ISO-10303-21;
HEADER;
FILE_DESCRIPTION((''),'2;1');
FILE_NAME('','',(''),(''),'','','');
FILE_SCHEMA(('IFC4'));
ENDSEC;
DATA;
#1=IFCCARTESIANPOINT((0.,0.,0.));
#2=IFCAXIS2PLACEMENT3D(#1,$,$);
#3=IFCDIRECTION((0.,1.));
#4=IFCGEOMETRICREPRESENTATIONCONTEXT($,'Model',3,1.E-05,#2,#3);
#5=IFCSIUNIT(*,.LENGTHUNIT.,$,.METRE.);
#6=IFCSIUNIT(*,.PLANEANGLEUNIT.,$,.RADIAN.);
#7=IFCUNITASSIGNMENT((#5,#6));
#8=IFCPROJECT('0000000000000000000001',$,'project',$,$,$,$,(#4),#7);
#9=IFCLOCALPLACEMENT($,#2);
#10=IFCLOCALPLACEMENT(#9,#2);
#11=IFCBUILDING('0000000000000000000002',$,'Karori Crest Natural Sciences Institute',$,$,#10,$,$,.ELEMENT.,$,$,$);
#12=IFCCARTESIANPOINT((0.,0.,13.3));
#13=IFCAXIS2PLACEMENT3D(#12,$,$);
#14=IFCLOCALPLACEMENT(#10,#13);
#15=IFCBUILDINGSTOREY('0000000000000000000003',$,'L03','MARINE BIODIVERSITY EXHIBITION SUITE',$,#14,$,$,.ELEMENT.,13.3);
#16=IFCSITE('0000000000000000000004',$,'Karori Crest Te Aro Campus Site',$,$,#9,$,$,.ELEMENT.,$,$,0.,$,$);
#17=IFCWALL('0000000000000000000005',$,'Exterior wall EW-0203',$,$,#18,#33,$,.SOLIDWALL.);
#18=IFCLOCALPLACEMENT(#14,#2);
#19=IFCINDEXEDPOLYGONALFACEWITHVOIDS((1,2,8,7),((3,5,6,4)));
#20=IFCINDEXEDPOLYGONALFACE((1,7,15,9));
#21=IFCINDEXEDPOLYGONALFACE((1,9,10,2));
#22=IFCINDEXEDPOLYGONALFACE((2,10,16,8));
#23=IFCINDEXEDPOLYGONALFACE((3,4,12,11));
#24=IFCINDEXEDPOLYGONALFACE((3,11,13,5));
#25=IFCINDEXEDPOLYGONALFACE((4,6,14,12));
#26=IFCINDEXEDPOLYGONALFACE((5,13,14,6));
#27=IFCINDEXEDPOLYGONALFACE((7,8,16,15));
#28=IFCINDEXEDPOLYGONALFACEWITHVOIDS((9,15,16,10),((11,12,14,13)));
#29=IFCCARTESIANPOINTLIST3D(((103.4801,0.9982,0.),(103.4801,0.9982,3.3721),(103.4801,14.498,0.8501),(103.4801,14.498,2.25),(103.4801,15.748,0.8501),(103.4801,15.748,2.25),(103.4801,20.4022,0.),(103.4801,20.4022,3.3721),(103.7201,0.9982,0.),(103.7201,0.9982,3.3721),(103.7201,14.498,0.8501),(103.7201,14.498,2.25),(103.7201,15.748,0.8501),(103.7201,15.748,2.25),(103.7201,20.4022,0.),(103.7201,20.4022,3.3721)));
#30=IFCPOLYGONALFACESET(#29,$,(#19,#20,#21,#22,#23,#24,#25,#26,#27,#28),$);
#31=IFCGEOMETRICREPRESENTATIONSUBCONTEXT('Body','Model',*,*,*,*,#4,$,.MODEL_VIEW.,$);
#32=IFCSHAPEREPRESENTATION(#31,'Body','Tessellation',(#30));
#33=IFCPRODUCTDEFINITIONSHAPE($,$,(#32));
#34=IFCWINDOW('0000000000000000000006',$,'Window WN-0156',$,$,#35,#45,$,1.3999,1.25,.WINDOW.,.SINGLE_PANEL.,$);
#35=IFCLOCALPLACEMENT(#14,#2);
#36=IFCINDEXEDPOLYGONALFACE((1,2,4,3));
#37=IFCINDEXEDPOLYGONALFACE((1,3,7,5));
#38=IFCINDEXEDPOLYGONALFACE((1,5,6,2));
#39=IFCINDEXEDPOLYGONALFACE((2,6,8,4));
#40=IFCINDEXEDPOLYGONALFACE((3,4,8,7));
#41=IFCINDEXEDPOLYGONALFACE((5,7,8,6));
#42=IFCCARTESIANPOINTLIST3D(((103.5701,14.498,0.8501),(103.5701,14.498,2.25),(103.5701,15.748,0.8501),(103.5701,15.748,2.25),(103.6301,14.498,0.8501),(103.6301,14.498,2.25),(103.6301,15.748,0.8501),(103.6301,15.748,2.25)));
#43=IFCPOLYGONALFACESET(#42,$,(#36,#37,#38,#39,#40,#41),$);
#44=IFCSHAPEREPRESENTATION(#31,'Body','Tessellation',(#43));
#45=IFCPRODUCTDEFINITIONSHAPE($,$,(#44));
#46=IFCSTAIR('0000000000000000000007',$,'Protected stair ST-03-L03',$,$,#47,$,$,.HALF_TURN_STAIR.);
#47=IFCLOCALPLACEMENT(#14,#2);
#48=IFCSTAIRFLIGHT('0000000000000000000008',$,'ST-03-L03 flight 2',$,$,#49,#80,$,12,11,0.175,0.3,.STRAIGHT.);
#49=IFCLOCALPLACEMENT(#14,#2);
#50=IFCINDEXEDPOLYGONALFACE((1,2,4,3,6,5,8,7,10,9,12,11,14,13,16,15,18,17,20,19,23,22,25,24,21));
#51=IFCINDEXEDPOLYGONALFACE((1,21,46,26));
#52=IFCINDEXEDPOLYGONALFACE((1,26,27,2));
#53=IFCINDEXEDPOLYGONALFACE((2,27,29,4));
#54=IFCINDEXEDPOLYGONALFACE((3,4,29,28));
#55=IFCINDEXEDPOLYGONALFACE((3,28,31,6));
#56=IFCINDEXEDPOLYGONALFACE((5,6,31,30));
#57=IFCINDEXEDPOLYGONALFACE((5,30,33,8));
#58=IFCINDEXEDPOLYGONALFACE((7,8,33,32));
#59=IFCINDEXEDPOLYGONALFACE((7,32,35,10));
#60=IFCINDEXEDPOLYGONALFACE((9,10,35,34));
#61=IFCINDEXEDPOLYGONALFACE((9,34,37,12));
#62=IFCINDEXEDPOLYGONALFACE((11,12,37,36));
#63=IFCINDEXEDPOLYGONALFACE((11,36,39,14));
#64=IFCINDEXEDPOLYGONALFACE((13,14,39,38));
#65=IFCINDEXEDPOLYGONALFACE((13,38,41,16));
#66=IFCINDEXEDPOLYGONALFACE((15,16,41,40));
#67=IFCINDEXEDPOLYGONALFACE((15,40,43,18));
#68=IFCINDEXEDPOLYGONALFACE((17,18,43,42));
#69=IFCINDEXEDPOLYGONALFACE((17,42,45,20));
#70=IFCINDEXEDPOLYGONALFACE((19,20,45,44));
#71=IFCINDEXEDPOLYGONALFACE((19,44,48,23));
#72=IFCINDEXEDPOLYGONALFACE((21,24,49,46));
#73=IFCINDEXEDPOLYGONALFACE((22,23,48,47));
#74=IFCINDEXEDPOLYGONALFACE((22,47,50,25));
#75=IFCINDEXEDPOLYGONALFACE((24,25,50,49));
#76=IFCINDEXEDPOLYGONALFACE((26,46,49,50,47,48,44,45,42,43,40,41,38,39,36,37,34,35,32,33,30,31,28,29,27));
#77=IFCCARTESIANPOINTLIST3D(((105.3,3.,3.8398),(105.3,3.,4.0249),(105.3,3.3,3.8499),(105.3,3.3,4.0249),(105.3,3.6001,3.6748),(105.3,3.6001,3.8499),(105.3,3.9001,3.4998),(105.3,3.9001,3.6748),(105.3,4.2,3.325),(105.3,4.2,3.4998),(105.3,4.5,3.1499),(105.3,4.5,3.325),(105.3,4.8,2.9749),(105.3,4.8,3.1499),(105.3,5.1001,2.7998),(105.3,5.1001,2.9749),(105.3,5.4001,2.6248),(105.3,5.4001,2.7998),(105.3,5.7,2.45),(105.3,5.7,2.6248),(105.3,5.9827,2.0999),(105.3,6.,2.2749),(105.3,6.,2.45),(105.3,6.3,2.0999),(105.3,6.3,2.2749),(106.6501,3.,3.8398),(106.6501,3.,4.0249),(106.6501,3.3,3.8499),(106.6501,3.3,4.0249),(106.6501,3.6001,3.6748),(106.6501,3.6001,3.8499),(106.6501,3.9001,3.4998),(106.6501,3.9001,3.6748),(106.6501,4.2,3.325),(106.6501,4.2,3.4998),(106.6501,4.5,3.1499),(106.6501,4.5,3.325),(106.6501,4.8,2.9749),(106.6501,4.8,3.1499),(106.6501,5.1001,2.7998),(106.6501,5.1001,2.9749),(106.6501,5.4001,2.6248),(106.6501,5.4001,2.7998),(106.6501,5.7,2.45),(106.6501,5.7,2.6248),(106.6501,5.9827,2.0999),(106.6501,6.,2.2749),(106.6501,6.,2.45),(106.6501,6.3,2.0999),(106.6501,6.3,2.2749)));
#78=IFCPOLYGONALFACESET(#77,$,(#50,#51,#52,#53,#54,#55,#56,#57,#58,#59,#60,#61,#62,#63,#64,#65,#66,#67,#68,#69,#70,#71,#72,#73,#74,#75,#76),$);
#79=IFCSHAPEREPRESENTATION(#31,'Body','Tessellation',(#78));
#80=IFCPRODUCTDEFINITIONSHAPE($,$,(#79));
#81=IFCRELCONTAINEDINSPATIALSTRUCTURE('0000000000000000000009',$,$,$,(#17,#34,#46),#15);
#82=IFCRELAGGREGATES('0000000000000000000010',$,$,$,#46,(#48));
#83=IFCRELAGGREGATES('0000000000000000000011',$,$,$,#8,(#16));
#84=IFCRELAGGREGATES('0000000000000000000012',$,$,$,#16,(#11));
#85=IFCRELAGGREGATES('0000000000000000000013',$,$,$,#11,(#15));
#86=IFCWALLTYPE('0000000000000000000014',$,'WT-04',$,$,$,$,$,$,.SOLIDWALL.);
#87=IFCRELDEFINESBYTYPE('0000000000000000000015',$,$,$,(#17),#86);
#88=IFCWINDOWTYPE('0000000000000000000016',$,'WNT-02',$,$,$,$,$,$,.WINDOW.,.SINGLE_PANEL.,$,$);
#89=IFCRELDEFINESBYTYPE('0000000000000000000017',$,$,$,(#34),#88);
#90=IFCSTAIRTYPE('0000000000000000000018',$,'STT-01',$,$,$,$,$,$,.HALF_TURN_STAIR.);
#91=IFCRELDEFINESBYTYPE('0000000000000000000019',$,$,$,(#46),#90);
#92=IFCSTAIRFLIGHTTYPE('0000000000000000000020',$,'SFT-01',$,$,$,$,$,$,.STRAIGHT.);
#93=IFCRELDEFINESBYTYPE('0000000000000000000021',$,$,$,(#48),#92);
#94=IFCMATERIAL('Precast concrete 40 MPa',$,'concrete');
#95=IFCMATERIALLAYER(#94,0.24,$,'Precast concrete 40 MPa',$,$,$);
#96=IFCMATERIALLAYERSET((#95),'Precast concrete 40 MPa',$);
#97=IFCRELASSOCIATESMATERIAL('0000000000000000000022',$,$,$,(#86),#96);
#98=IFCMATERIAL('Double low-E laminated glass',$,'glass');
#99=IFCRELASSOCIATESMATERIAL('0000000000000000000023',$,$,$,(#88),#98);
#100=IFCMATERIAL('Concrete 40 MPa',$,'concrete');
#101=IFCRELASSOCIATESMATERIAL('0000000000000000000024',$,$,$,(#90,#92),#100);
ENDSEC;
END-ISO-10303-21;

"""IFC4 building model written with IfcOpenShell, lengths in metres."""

from ifc_helpers import new_model, si_unit, direction, frame, frame_2d, origin, place, context, subcontext, project, spatial, polyline, rectangle, outline, extrude, material, layer, layer_set, type_object, element, fill, aggregate, save


model = new_model("IFC4")

# Units and contexts
model_context = context("Model", 3, precision=1e-05, world=origin(), true_north=direction((0.0, 1.0)))
body_context = subcontext(model_context, "Body", "Model", "MODEL_VIEW")
ifc_project = project(units=[si_unit("LENGTHUNIT", "METRE"), si_unit("PLANEANGLEUNIT", "RADIAN")], contexts=[model_context])

# Site, building, storey
site_placement = place(None, origin())
site = spatial("IfcSite", under=ifc_project, at=site_placement, Name="Karori Crest Te Aro Campus Site", CompositionType="ELEMENT", RefElevation=0.0)
building_placement = place(site_placement, origin())
building = spatial("IfcBuilding", under=site, at=building_placement, Name="Karori Crest Natural Sciences Institute", CompositionType="ELEMENT")
storey_placement = place(building_placement, frame((0.0, 0.0, 13.3)))
storey = spatial("IfcBuildingStorey", under=building, at=storey_placement, Name="L03", Description="MARINE BIODIVERSITY EXHIBITION SUITE", CompositionType="ELEMENT", Elevation=13.3)

# Wall, opening, window
ifc_material_1 = material(Name="Precast concrete 40 MPa", Category="concrete")
ifc_layer_1 = layer(ifc_material_1, 0.24, Name="Precast concrete 40 MPa")
ifc_layer_set_1 = layer_set([ifc_layer_1], Name="Precast concrete 40 MPa")
wall_type_1 = type_object("IfcWallType", Name="WT-04", PredefinedType="SOLIDWALL", material=ifc_layer_set_1)
wall_1_placement = place(storey_placement, frame((103.6001, 0.998, 0.0), z_axis=(0.0, 0.0, 1.0), x_axis=(0.0, 1.0, 0.0)))
wall_1 = element("IfcWall", 1, at=wall_1_placement, inside=storey, type_object=wall_type_1, Name="Exterior wall EW-0203", PredefinedType="SOLIDWALL", context=body_context, shape_type="SweptSolid", body=[
    extrude(rectangle(XDim=19.4041, YDim=0.24, at=frame_2d((9.7021, 0.0))), origin(), (0.0, 0.0, 1.0), 3.3721),
])
opening_1_placement = place(wall_1_placement, frame((13.5, 0.0, 0.8501)))
opening_1 = element("IfcOpeningElement", 2, at=opening_1_placement, cuts=wall_1, PredefinedType="OPENING", context=body_context, shape_type="SweptSolid", body=[
    extrude(rectangle(XDim=1.25, YDim=1.3999, at=frame_2d((0.625, 0.7))), frame((0.0, 0.1299, 0.0), z_axis=(0.0, -1.0, 0.0), x_axis=(1.0, 0.0, 0.0)), (0.0, 0.0, 1.0), 0.26),
])
ifc_material_2 = material(Name="Double low-E laminated glass", Category="glass")
window_type = type_object("IfcWindowType", Name="WNT-02", PartitioningType="SINGLE_PANEL", PredefinedType="WINDOW", material=ifc_material_2)
window_placement = place(opening_1_placement, origin())
window = element("IfcWindow", 3, at=window_placement, inside=storey, type_object=window_type, Name="Window WN-0156", OverallHeight=1.3999, OverallWidth=1.25, PartitioningType="SINGLE_PANEL", PredefinedType="WINDOW", context=body_context, shape_type="SweptSolid", body=[
    extrude(rectangle(XDim=1.25, YDim=1.3999, at=frame_2d((0.625, 0.7))), frame((0.0, 0.03, 0.0), z_axis=(0.0, -1.0, 0.0), x_axis=(1.0, 0.0, 0.0)), (0.0, 0.0, 1.0), 0.0601),
])
fill(opening_1, window)

# Stair, stair flight
ifc_material_3 = material(Name="Concrete 40 MPa", Category="concrete")
stair_type = type_object("IfcStairType", Name="STT-01", PredefinedType="HALF_TURN_STAIR", material=ifc_material_3)
stair_placement = place(storey_placement, origin())
stair = element("IfcStair", 4, at=stair_placement, inside=storey, type_object=stair_type, Name="Protected stair ST-03-L03", PredefinedType="HALF_TURN_STAIR")
stair_flight_type = type_object("IfcStairFlightType", Name="SFT-01", PredefinedType="STRAIGHT", material=ifc_material_3)
stair_flight_placement = place(storey_placement, frame((105.9751, 6.3, 2.0999), z_axis=(0.0, 0.0, 1.0), x_axis=(0.0, -1.0, 0.0)))
stair_flight = element("IfcStairFlight", 5, at=stair_flight_placement, type_object=stair_flight_type, Name="ST-03-L03 flight 2", NumberOfRisers=12, NumberOfTreads=11, PredefinedType="STRAIGHT", RiserHeight=0.175, TreadLength=0.3, context=body_context, shape_type="SweptSolid", body=[
    extrude(outline(polyline([(0.0, 0.0), (0.0, 0.175), (0.3, 0.175), (0.3, 0.3501), (0.6001, 0.3501), (0.6001, 0.5249), (0.8999, 0.5249), (0.8999, 0.7), (1.2, 0.7), (1.2, 0.875), (1.5, 0.875), (1.5, 1.05), (1.8, 1.05), (1.8, 1.2251), (2.1001, 1.2251), (2.1001, 1.3999), (2.3999, 1.3999), (2.3999, 1.575), (2.7, 1.575), (2.7, 1.75), (3.0, 1.75), (3.0, 1.925), (3.3, 1.925), (3.3, 2.1001), (3.3, 1.74), (0.3174, 0.0), (0.0, 0.0)])), frame((0.0, 0.675, 0.0), z_axis=(0.0, -1.0, 0.0), x_axis=(1.0, 0.0, 0.0)), (0.0, 0.0, 1.0), 1.3501),
])
aggregate(stair, [stair_flight])

save(model, "model.ifc")
